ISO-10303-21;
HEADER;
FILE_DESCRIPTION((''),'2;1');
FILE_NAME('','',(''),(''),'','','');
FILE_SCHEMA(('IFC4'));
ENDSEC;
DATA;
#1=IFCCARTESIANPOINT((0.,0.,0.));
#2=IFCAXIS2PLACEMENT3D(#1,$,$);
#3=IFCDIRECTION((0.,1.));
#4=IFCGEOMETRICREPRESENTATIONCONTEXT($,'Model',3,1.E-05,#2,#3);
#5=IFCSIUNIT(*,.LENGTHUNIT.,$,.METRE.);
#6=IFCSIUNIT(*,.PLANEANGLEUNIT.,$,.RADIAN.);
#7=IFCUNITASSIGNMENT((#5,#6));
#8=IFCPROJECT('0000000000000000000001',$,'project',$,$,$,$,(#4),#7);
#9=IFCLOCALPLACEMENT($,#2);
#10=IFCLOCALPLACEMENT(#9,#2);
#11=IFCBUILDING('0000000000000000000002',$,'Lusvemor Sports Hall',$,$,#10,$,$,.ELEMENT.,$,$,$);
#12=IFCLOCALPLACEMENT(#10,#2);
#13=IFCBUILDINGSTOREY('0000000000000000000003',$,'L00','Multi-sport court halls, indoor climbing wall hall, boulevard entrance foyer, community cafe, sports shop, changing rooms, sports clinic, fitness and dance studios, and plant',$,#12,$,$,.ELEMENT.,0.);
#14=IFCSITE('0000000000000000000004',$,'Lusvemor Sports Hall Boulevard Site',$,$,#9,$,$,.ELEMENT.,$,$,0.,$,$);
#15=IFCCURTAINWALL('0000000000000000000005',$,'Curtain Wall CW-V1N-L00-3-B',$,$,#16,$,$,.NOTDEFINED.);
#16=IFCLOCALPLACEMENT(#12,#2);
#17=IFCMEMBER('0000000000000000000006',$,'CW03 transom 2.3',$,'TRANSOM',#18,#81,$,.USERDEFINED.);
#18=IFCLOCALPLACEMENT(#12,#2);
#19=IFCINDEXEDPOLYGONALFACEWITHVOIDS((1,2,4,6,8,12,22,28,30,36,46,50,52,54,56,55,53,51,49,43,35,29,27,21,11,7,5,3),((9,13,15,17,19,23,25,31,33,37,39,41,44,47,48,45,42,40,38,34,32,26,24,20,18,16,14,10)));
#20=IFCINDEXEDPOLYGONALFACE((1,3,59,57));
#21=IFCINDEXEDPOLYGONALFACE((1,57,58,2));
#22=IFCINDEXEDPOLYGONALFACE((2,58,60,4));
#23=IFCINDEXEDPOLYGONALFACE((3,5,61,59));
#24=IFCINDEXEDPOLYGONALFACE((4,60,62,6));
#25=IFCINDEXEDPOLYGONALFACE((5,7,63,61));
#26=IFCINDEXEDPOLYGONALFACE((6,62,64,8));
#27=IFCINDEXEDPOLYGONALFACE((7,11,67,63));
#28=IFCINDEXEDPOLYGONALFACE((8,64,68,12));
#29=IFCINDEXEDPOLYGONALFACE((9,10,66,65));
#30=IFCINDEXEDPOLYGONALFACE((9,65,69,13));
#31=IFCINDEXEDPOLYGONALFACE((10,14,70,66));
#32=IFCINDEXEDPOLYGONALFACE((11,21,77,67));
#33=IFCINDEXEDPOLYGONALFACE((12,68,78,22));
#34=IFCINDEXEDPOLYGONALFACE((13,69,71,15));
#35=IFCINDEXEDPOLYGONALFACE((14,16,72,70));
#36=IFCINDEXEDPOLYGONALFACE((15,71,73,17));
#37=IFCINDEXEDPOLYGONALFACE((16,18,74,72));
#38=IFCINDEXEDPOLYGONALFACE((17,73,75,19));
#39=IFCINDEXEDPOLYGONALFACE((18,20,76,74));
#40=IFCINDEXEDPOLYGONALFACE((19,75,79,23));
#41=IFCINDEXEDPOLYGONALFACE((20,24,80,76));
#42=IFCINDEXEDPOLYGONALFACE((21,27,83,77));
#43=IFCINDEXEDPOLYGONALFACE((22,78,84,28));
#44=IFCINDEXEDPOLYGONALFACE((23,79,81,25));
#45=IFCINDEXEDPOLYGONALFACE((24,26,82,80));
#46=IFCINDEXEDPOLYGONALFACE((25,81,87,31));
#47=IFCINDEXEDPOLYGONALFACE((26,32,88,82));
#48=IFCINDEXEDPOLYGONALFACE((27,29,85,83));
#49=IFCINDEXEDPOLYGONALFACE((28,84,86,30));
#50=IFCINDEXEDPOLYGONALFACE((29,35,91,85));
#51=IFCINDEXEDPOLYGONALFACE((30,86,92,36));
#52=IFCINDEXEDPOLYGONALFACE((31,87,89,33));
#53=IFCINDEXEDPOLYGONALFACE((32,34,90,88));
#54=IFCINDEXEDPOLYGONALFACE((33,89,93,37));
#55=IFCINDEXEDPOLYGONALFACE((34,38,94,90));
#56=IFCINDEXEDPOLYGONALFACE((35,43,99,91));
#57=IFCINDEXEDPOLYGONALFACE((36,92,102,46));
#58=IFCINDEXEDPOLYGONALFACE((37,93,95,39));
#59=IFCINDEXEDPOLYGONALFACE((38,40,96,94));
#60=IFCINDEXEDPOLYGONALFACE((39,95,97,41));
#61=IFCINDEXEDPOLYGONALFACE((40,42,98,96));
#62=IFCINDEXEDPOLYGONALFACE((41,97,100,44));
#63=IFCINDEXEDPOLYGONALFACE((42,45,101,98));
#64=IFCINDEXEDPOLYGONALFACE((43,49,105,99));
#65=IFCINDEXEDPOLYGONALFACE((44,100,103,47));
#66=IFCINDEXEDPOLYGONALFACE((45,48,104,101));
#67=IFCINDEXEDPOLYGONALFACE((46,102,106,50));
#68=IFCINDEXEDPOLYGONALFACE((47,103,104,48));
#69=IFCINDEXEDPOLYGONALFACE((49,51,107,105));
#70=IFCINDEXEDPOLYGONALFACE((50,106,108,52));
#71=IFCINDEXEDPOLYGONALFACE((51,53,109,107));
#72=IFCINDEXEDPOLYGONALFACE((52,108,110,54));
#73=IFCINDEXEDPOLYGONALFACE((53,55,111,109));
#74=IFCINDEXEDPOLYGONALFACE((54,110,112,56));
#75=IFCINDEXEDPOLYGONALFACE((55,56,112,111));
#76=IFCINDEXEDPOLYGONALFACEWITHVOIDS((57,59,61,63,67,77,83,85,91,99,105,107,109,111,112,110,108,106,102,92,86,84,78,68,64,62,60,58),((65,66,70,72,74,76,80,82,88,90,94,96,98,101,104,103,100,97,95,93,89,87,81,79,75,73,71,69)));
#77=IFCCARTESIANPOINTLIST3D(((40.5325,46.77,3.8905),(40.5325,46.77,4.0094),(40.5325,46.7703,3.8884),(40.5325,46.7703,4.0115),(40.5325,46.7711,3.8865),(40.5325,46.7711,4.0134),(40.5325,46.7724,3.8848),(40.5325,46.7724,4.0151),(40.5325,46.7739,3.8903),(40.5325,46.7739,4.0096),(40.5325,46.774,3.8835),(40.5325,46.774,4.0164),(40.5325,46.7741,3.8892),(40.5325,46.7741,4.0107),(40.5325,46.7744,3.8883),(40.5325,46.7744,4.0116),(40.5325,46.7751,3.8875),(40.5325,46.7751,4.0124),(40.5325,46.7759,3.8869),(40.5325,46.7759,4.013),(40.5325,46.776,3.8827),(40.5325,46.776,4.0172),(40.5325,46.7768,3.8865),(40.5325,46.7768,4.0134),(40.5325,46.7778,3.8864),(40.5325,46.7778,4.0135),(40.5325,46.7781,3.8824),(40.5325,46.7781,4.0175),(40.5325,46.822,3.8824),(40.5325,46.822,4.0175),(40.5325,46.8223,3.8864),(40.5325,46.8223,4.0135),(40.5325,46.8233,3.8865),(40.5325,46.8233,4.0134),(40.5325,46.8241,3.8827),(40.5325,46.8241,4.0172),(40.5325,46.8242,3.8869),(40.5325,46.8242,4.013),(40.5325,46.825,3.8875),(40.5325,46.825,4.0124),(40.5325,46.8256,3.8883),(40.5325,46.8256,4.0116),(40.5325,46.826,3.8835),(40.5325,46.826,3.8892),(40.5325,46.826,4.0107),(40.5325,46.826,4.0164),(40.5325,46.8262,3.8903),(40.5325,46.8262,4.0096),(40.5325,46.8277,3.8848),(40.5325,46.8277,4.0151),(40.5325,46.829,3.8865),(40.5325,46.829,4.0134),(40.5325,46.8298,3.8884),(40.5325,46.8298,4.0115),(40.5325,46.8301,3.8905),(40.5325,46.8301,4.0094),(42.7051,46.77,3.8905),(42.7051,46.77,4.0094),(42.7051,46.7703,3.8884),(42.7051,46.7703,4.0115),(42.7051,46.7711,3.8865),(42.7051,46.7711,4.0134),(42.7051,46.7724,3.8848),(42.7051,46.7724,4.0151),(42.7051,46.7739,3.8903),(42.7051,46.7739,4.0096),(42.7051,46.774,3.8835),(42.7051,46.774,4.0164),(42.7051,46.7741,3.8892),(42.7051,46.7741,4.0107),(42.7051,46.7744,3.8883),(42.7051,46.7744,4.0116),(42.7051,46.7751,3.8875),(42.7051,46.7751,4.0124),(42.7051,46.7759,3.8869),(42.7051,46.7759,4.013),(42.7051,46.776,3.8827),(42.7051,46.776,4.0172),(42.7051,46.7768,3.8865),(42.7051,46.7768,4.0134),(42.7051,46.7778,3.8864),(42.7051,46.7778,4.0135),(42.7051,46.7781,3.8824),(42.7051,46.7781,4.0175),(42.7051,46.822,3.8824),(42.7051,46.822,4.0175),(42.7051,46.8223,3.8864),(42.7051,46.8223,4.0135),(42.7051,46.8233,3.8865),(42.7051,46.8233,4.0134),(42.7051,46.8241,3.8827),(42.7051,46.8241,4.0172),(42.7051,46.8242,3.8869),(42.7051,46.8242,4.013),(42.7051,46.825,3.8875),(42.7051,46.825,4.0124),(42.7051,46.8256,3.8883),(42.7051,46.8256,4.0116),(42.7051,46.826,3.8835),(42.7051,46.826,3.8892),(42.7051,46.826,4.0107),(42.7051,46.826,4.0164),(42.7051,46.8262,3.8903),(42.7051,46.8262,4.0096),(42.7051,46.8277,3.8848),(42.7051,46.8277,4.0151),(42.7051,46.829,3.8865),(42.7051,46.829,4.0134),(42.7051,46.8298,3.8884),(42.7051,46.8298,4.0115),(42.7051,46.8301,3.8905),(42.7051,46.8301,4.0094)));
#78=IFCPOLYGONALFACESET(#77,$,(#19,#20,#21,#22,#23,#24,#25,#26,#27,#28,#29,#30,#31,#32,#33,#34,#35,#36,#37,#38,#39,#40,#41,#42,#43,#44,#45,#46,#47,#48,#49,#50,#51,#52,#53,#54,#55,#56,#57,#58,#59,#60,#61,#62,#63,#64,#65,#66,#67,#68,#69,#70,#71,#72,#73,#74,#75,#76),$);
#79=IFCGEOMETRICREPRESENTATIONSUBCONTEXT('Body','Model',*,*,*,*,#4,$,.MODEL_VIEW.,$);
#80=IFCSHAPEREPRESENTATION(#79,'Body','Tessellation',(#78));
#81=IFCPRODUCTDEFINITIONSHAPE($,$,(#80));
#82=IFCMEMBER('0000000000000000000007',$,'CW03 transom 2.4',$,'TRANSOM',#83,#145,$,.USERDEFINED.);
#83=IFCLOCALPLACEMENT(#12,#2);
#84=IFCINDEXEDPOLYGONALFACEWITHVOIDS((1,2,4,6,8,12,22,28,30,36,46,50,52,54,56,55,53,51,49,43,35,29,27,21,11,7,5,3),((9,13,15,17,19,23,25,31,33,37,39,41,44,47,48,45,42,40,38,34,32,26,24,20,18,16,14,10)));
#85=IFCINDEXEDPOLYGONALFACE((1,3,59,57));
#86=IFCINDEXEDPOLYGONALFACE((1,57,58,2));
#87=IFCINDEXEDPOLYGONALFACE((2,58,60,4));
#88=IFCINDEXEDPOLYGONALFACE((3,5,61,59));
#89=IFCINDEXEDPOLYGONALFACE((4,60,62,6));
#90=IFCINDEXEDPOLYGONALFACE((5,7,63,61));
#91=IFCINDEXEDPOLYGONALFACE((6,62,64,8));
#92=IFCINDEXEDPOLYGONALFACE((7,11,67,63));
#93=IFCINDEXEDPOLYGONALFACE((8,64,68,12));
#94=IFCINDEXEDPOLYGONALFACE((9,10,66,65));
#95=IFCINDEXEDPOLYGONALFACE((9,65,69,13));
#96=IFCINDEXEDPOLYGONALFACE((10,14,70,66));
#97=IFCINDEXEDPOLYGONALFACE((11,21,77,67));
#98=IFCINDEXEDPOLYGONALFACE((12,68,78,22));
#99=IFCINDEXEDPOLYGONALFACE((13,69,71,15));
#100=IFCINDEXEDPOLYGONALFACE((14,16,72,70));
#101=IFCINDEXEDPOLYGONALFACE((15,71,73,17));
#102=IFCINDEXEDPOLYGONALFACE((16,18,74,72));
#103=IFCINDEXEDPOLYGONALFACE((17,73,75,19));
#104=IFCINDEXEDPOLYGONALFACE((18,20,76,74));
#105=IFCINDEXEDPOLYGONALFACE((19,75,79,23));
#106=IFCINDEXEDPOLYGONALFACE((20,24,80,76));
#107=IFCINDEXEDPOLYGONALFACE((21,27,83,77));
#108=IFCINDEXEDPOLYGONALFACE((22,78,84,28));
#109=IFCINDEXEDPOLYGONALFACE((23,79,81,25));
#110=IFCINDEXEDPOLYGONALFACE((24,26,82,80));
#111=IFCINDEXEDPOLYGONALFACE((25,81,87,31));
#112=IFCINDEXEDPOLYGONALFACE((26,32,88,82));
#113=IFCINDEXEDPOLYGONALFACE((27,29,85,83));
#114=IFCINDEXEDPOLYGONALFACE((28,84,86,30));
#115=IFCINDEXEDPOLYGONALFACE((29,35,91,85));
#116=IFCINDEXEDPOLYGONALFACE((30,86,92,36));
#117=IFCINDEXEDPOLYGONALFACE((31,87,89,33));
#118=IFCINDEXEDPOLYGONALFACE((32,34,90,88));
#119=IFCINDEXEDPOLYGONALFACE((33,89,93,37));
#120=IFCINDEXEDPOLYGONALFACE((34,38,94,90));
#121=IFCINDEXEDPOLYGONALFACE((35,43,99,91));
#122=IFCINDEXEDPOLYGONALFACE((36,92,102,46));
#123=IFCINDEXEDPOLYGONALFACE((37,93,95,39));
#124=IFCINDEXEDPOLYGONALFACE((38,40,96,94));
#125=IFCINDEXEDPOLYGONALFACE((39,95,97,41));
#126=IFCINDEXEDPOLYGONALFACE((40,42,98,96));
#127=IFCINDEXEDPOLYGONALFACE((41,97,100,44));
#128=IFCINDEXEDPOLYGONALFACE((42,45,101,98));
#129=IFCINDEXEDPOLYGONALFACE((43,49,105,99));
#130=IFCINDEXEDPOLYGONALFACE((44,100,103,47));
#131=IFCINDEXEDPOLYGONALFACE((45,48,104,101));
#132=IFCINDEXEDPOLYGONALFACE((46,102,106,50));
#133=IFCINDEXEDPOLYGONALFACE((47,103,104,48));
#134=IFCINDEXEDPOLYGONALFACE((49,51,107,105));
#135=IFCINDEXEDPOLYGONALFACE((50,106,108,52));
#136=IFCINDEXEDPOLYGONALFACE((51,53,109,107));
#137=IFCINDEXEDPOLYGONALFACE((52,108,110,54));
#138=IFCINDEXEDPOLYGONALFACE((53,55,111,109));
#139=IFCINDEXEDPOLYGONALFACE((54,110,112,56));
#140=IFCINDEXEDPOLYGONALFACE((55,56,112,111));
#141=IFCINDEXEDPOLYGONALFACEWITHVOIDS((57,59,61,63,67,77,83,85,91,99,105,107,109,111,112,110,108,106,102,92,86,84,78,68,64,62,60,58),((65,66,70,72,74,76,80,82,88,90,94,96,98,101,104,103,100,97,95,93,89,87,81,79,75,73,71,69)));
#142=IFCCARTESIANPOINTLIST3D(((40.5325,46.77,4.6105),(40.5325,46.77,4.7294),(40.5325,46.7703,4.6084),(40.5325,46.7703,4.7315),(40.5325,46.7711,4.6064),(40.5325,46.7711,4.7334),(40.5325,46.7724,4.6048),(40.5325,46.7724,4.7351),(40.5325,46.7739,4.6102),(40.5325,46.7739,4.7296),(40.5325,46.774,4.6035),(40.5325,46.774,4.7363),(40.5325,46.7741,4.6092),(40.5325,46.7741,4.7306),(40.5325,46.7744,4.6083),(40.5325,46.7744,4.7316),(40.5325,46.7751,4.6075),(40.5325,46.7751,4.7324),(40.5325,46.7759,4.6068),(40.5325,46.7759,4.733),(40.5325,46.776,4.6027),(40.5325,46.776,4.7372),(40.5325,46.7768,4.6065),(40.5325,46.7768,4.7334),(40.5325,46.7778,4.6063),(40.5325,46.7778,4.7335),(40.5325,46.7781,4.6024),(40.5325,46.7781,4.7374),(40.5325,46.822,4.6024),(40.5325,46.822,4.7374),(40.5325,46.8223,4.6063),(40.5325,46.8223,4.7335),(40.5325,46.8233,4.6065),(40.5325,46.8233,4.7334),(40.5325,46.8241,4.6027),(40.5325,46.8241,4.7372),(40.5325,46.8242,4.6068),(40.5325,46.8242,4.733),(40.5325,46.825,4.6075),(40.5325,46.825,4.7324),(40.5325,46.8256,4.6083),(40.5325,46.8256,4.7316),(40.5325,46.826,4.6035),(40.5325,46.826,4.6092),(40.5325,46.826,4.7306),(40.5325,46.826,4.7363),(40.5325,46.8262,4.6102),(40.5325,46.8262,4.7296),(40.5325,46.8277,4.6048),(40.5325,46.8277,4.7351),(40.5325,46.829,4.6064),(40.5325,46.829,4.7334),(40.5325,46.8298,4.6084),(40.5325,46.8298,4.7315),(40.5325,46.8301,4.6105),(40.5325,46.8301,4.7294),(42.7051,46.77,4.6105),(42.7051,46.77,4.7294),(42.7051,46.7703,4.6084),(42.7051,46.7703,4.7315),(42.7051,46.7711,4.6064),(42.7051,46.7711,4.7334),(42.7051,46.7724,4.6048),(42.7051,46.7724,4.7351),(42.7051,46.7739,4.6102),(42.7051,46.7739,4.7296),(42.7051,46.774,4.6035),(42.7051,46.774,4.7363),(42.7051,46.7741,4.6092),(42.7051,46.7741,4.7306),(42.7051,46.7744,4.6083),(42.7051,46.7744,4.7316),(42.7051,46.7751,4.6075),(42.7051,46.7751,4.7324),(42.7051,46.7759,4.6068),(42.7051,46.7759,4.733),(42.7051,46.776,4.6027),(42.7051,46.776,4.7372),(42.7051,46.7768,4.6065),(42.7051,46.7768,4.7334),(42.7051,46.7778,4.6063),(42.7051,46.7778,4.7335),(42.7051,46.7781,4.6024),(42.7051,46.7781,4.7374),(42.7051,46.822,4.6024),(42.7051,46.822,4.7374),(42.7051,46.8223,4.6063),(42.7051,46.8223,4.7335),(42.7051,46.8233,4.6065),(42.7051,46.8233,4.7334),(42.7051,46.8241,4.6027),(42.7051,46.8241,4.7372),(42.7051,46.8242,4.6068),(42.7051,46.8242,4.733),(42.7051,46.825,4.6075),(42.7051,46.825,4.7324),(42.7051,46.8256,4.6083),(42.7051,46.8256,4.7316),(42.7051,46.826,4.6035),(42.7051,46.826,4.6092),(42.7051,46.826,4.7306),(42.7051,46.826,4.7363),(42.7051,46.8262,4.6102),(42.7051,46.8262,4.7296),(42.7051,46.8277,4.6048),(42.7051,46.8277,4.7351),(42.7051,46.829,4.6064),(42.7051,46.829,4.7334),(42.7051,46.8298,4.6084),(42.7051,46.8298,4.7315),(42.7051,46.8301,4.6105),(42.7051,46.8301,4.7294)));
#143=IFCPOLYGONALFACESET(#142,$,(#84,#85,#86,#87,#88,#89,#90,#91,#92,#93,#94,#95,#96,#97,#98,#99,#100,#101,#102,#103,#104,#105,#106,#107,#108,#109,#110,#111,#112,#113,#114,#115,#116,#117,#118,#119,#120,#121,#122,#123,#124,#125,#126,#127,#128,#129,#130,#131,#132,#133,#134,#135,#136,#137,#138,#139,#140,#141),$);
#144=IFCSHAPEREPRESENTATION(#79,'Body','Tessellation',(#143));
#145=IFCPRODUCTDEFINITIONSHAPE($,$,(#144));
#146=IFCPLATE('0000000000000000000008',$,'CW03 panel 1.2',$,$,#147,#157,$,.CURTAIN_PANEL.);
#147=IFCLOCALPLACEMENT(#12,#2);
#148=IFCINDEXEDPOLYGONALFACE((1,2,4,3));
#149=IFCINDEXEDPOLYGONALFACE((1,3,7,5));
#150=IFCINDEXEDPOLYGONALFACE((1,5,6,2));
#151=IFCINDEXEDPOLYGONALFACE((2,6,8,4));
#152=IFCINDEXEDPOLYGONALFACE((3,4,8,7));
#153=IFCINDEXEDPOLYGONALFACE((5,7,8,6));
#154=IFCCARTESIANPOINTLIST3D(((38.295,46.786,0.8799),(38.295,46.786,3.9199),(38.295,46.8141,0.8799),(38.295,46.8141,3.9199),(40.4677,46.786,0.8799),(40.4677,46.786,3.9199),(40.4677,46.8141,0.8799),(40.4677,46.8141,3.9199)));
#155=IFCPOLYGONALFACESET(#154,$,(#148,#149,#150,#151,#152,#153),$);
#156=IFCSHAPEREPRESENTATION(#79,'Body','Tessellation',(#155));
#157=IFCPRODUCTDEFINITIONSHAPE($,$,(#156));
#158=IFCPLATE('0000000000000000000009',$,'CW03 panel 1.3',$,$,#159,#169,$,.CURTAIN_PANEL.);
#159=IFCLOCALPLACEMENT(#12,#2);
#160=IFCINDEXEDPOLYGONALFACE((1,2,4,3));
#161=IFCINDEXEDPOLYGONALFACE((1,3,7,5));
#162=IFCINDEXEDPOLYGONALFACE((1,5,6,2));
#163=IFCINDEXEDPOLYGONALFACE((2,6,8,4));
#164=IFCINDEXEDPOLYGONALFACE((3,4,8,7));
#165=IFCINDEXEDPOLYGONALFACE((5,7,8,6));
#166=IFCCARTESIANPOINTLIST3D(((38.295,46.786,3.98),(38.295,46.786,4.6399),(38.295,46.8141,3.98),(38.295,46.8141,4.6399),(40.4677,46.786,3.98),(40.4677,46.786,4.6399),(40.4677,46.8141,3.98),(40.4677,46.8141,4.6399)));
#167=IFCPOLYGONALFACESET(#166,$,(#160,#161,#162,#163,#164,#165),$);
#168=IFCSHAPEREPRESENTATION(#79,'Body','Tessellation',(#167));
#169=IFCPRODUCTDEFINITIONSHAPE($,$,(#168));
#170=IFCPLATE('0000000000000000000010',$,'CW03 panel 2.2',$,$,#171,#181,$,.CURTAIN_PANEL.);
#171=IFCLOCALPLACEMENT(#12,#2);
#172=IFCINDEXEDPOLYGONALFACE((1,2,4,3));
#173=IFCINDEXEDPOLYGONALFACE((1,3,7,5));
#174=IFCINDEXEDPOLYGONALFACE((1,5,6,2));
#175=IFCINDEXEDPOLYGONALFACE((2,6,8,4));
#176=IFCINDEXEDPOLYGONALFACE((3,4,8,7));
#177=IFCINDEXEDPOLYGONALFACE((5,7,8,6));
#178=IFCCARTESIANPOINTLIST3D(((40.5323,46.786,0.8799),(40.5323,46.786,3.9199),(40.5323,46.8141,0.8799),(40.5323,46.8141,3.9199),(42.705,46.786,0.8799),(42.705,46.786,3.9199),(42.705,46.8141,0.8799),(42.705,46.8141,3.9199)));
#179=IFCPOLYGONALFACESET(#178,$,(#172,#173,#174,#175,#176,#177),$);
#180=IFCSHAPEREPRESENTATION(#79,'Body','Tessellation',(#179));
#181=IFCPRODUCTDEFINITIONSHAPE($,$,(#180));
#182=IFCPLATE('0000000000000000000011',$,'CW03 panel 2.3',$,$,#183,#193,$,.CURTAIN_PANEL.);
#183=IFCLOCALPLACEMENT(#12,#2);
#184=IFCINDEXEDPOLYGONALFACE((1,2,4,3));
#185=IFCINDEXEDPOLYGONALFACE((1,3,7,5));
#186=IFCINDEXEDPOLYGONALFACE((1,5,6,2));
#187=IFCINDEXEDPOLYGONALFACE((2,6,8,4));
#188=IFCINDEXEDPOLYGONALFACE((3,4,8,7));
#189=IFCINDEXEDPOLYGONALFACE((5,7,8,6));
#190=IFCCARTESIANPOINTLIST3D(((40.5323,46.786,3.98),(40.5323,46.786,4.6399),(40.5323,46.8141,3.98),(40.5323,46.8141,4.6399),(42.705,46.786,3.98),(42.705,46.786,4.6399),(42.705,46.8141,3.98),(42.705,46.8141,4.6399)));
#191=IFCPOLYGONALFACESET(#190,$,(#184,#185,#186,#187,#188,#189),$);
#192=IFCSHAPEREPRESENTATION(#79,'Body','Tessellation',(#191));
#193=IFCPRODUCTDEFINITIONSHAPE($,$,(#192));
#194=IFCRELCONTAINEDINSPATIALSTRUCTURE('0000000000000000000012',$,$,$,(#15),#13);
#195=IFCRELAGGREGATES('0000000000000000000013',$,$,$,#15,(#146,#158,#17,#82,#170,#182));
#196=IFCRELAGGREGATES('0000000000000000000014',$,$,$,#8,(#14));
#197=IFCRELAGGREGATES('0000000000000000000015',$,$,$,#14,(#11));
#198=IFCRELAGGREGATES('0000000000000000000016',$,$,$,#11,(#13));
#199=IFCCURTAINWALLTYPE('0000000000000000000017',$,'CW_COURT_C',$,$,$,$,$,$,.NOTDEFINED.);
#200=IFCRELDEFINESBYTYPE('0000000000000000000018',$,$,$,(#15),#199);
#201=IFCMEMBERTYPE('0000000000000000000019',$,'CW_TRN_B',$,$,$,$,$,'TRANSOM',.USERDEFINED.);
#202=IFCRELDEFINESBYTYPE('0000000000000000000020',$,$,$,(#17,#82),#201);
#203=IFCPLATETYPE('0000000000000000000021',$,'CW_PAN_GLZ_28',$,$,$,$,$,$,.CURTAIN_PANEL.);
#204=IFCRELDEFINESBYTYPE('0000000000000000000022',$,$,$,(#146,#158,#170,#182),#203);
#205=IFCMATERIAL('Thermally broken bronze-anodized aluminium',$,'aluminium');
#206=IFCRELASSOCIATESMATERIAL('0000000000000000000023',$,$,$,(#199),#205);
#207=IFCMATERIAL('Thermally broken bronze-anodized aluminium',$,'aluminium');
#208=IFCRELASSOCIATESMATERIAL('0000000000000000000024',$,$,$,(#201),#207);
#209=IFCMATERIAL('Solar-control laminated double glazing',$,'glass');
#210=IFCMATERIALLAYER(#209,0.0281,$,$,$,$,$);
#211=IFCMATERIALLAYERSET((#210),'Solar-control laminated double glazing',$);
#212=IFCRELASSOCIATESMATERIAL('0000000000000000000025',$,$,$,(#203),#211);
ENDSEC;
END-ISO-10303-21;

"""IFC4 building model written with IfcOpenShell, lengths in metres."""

from ifc_helpers import new_model, si_unit, direction, frame, origin, origin_2d, place, context, subcontext, project, spatial, rectangle, hollow_rectangle, extrude, material, layer, layer_set, material_profile, profile_set, type_object, element, aggregate, save


model = new_model("IFC4")

# Units and contexts
model_context = context("Model", 3, precision=1e-05, world=origin(), true_north=direction((0.0, 1.0)))
body_context = subcontext(model_context, "Body", "Model", "MODEL_VIEW")
ifc_project = project(units=[si_unit("LENGTHUNIT", "METRE"), si_unit("PLANEANGLEUNIT", "RADIAN")], contexts=[model_context])

# Site, building, storey
site_placement = place(None, origin())
site = spatial("IfcSite", under=ifc_project, at=site_placement, Name="Lusvemor Sports Hall Boulevard Site", CompositionType="ELEMENT", RefElevation=0.0)
building_placement = place(site_placement, origin())
building = spatial("IfcBuilding", under=site, at=building_placement, Name="Lusvemor Sports Hall", CompositionType="ELEMENT")
storey_placement = place(building_placement, origin())
storey = spatial("IfcBuildingStorey", under=building, at=storey_placement, Name="L00", Description="Multi-sport court halls, indoor climbing wall hall, boulevard entrance foyer, community cafe, sports shop, changing rooms, sports clinic, fitness and dance studios, and plant", CompositionType="ELEMENT", Elevation=0.0)

# Curtain wall, members, plates
ifc_material_1 = material(Name="Thermally broken bronze-anodized aluminium", Category="aluminium")
curtain_wall_type = type_object("IfcCurtainWallType", Name="CW_COURT_C", PredefinedType="NOTDEFINED", material=ifc_material_1)
curtain_wall_placement = place(storey_placement, origin())
curtain_wall = element("IfcCurtainWall", 1, at=curtain_wall_placement, inside=storey, type_object=curtain_wall_type, Name="Curtain Wall CW-V1N-L00-3-B", PredefinedType="NOTDEFINED")
ifc_material_2 = material(Name="Thermally broken bronze-anodized aluminium", Category="aluminium")
ifc_material_profile_1 = material_profile(ifc_material_2, hollow_rectangle(XDim=0.0601, YDim=0.135, WallThickness=0.0039, InnerFilletRadius=0.0039, OuterFilletRadius=0.0081, at=origin_2d()), Name="CWTRN135x60x4")
ifc_profile_set_1 = profile_set([ifc_material_profile_1], Name="Thermally broken bronze-anodized aluminium")
member_type_1 = type_object("IfcMemberType", Name="CW_TRN_B", ElementType="TRANSOM", PredefinedType="USERDEFINED", material=ifc_profile_set_1)
member_1_placement = place(storey_placement, frame((40.5325, 46.8, 3.95), z_axis=(1.0, 0.0, 0.0), x_axis=(0.0, 1.0, 0.0)))
member_1 = element("IfcMember", 2, at=member_1_placement, type_object=member_type_1, Name="CW03 transom 2.3", ObjectType="TRANSOM", PredefinedType="USERDEFINED", context=body_context, shape_type="SweptSolid", body=[
    extrude(hollow_rectangle(XDim=0.0601, YDim=0.135, WallThickness=0.0039, InnerFilletRadius=0.0039, OuterFilletRadius=0.0081, at=origin_2d()), origin(), (0.0, 0.0, 1.0), 2.1726),
])
member_2_placement = place(storey_placement, frame((40.5325, 46.8, 4.6699), z_axis=(1.0, 0.0, 0.0), x_axis=(0.0, 1.0, 0.0)))
member_2 = element("IfcMember", 3, at=member_2_placement, type_object=member_type_1, Name="CW03 transom 2.4", ObjectType="TRANSOM", PredefinedType="USERDEFINED", context=body_context, shape_type="SweptSolid", body=[
    extrude(hollow_rectangle(XDim=0.0601, YDim=0.135, WallThickness=0.0039, InnerFilletRadius=0.0039, OuterFilletRadius=0.0081, at=origin_2d()), origin(), (0.0, 0.0, 1.0), 2.1726),
])
ifc_material_3 = material(Name="Solar-control laminated double glazing", Category="glass")
ifc_layer_1 = layer(ifc_material_3, 0.0281)
ifc_layer_set_1 = layer_set([ifc_layer_1], Name="Solar-control laminated double glazing")
plate_type_1 = type_object("IfcPlateType", Name="CW_PAN_GLZ_28", PredefinedType="CURTAIN_PANEL", material=ifc_layer_set_1)
plate_1_placement = place(storey_placement, frame((39.3813, 46.8, 0.8799), z_axis=(0.0, 0.0, 1.0), x_axis=(1.0, 0.0, 0.0)))
plate_1 = element("IfcPlate", 4, at=plate_1_placement, type_object=plate_type_1, Name="CW03 panel 1.2", PredefinedType="CURTAIN_PANEL", context=body_context, shape_type="SweptSolid", body=[
    extrude(rectangle(XDim=2.1726, YDim=0.0281, at=origin_2d()), origin(), (0.0, 0.0, 1.0), 3.04),
])
plate_2_placement = place(storey_placement, frame((39.3813, 46.8, 3.98), z_axis=(0.0, 0.0, 1.0), x_axis=(1.0, 0.0, 0.0)))
plate_2 = element("IfcPlate", 5, at=plate_2_placement, type_object=plate_type_1, Name="CW03 panel 1.3", PredefinedType="CURTAIN_PANEL", context=body_context, shape_type="SweptSolid", body=[
    extrude(rectangle(XDim=2.1726, YDim=0.0281, at=origin_2d()), origin(), (0.0, 0.0, 1.0), 0.6599),
])
plate_3_placement = place(storey_placement, frame((41.6187, 46.8, 0.8799), z_axis=(0.0, 0.0, 1.0), x_axis=(1.0, 0.0, 0.0)))
plate_3 = element("IfcPlate", 6, at=plate_3_placement, type_object=plate_type_1, Name="CW03 panel 2.2", PredefinedType="CURTAIN_PANEL", context=body_context, shape_type="SweptSolid", body=[
    extrude(rectangle(XDim=2.1726, YDim=0.0281, at=origin_2d()), origin(), (0.0, 0.0, 1.0), 3.04),
])
plate_4_placement = place(storey_placement, frame((41.6187, 46.8, 3.98), z_axis=(0.0, 0.0, 1.0), x_axis=(1.0, 0.0, 0.0)))
plate_4 = element("IfcPlate", 7, at=plate_4_placement, type_object=plate_type_1, Name="CW03 panel 2.3", PredefinedType="CURTAIN_PANEL", context=body_context, shape_type="SweptSolid", body=[
    extrude(rectangle(XDim=2.1726, YDim=0.0281, at=origin_2d()), origin(), (0.0, 0.0, 1.0), 0.6599),
])
aggregate(curtain_wall, [plate_1, plate_2, member_1, member_2, plate_3, plate_4])

save(model, "model.ifc")
